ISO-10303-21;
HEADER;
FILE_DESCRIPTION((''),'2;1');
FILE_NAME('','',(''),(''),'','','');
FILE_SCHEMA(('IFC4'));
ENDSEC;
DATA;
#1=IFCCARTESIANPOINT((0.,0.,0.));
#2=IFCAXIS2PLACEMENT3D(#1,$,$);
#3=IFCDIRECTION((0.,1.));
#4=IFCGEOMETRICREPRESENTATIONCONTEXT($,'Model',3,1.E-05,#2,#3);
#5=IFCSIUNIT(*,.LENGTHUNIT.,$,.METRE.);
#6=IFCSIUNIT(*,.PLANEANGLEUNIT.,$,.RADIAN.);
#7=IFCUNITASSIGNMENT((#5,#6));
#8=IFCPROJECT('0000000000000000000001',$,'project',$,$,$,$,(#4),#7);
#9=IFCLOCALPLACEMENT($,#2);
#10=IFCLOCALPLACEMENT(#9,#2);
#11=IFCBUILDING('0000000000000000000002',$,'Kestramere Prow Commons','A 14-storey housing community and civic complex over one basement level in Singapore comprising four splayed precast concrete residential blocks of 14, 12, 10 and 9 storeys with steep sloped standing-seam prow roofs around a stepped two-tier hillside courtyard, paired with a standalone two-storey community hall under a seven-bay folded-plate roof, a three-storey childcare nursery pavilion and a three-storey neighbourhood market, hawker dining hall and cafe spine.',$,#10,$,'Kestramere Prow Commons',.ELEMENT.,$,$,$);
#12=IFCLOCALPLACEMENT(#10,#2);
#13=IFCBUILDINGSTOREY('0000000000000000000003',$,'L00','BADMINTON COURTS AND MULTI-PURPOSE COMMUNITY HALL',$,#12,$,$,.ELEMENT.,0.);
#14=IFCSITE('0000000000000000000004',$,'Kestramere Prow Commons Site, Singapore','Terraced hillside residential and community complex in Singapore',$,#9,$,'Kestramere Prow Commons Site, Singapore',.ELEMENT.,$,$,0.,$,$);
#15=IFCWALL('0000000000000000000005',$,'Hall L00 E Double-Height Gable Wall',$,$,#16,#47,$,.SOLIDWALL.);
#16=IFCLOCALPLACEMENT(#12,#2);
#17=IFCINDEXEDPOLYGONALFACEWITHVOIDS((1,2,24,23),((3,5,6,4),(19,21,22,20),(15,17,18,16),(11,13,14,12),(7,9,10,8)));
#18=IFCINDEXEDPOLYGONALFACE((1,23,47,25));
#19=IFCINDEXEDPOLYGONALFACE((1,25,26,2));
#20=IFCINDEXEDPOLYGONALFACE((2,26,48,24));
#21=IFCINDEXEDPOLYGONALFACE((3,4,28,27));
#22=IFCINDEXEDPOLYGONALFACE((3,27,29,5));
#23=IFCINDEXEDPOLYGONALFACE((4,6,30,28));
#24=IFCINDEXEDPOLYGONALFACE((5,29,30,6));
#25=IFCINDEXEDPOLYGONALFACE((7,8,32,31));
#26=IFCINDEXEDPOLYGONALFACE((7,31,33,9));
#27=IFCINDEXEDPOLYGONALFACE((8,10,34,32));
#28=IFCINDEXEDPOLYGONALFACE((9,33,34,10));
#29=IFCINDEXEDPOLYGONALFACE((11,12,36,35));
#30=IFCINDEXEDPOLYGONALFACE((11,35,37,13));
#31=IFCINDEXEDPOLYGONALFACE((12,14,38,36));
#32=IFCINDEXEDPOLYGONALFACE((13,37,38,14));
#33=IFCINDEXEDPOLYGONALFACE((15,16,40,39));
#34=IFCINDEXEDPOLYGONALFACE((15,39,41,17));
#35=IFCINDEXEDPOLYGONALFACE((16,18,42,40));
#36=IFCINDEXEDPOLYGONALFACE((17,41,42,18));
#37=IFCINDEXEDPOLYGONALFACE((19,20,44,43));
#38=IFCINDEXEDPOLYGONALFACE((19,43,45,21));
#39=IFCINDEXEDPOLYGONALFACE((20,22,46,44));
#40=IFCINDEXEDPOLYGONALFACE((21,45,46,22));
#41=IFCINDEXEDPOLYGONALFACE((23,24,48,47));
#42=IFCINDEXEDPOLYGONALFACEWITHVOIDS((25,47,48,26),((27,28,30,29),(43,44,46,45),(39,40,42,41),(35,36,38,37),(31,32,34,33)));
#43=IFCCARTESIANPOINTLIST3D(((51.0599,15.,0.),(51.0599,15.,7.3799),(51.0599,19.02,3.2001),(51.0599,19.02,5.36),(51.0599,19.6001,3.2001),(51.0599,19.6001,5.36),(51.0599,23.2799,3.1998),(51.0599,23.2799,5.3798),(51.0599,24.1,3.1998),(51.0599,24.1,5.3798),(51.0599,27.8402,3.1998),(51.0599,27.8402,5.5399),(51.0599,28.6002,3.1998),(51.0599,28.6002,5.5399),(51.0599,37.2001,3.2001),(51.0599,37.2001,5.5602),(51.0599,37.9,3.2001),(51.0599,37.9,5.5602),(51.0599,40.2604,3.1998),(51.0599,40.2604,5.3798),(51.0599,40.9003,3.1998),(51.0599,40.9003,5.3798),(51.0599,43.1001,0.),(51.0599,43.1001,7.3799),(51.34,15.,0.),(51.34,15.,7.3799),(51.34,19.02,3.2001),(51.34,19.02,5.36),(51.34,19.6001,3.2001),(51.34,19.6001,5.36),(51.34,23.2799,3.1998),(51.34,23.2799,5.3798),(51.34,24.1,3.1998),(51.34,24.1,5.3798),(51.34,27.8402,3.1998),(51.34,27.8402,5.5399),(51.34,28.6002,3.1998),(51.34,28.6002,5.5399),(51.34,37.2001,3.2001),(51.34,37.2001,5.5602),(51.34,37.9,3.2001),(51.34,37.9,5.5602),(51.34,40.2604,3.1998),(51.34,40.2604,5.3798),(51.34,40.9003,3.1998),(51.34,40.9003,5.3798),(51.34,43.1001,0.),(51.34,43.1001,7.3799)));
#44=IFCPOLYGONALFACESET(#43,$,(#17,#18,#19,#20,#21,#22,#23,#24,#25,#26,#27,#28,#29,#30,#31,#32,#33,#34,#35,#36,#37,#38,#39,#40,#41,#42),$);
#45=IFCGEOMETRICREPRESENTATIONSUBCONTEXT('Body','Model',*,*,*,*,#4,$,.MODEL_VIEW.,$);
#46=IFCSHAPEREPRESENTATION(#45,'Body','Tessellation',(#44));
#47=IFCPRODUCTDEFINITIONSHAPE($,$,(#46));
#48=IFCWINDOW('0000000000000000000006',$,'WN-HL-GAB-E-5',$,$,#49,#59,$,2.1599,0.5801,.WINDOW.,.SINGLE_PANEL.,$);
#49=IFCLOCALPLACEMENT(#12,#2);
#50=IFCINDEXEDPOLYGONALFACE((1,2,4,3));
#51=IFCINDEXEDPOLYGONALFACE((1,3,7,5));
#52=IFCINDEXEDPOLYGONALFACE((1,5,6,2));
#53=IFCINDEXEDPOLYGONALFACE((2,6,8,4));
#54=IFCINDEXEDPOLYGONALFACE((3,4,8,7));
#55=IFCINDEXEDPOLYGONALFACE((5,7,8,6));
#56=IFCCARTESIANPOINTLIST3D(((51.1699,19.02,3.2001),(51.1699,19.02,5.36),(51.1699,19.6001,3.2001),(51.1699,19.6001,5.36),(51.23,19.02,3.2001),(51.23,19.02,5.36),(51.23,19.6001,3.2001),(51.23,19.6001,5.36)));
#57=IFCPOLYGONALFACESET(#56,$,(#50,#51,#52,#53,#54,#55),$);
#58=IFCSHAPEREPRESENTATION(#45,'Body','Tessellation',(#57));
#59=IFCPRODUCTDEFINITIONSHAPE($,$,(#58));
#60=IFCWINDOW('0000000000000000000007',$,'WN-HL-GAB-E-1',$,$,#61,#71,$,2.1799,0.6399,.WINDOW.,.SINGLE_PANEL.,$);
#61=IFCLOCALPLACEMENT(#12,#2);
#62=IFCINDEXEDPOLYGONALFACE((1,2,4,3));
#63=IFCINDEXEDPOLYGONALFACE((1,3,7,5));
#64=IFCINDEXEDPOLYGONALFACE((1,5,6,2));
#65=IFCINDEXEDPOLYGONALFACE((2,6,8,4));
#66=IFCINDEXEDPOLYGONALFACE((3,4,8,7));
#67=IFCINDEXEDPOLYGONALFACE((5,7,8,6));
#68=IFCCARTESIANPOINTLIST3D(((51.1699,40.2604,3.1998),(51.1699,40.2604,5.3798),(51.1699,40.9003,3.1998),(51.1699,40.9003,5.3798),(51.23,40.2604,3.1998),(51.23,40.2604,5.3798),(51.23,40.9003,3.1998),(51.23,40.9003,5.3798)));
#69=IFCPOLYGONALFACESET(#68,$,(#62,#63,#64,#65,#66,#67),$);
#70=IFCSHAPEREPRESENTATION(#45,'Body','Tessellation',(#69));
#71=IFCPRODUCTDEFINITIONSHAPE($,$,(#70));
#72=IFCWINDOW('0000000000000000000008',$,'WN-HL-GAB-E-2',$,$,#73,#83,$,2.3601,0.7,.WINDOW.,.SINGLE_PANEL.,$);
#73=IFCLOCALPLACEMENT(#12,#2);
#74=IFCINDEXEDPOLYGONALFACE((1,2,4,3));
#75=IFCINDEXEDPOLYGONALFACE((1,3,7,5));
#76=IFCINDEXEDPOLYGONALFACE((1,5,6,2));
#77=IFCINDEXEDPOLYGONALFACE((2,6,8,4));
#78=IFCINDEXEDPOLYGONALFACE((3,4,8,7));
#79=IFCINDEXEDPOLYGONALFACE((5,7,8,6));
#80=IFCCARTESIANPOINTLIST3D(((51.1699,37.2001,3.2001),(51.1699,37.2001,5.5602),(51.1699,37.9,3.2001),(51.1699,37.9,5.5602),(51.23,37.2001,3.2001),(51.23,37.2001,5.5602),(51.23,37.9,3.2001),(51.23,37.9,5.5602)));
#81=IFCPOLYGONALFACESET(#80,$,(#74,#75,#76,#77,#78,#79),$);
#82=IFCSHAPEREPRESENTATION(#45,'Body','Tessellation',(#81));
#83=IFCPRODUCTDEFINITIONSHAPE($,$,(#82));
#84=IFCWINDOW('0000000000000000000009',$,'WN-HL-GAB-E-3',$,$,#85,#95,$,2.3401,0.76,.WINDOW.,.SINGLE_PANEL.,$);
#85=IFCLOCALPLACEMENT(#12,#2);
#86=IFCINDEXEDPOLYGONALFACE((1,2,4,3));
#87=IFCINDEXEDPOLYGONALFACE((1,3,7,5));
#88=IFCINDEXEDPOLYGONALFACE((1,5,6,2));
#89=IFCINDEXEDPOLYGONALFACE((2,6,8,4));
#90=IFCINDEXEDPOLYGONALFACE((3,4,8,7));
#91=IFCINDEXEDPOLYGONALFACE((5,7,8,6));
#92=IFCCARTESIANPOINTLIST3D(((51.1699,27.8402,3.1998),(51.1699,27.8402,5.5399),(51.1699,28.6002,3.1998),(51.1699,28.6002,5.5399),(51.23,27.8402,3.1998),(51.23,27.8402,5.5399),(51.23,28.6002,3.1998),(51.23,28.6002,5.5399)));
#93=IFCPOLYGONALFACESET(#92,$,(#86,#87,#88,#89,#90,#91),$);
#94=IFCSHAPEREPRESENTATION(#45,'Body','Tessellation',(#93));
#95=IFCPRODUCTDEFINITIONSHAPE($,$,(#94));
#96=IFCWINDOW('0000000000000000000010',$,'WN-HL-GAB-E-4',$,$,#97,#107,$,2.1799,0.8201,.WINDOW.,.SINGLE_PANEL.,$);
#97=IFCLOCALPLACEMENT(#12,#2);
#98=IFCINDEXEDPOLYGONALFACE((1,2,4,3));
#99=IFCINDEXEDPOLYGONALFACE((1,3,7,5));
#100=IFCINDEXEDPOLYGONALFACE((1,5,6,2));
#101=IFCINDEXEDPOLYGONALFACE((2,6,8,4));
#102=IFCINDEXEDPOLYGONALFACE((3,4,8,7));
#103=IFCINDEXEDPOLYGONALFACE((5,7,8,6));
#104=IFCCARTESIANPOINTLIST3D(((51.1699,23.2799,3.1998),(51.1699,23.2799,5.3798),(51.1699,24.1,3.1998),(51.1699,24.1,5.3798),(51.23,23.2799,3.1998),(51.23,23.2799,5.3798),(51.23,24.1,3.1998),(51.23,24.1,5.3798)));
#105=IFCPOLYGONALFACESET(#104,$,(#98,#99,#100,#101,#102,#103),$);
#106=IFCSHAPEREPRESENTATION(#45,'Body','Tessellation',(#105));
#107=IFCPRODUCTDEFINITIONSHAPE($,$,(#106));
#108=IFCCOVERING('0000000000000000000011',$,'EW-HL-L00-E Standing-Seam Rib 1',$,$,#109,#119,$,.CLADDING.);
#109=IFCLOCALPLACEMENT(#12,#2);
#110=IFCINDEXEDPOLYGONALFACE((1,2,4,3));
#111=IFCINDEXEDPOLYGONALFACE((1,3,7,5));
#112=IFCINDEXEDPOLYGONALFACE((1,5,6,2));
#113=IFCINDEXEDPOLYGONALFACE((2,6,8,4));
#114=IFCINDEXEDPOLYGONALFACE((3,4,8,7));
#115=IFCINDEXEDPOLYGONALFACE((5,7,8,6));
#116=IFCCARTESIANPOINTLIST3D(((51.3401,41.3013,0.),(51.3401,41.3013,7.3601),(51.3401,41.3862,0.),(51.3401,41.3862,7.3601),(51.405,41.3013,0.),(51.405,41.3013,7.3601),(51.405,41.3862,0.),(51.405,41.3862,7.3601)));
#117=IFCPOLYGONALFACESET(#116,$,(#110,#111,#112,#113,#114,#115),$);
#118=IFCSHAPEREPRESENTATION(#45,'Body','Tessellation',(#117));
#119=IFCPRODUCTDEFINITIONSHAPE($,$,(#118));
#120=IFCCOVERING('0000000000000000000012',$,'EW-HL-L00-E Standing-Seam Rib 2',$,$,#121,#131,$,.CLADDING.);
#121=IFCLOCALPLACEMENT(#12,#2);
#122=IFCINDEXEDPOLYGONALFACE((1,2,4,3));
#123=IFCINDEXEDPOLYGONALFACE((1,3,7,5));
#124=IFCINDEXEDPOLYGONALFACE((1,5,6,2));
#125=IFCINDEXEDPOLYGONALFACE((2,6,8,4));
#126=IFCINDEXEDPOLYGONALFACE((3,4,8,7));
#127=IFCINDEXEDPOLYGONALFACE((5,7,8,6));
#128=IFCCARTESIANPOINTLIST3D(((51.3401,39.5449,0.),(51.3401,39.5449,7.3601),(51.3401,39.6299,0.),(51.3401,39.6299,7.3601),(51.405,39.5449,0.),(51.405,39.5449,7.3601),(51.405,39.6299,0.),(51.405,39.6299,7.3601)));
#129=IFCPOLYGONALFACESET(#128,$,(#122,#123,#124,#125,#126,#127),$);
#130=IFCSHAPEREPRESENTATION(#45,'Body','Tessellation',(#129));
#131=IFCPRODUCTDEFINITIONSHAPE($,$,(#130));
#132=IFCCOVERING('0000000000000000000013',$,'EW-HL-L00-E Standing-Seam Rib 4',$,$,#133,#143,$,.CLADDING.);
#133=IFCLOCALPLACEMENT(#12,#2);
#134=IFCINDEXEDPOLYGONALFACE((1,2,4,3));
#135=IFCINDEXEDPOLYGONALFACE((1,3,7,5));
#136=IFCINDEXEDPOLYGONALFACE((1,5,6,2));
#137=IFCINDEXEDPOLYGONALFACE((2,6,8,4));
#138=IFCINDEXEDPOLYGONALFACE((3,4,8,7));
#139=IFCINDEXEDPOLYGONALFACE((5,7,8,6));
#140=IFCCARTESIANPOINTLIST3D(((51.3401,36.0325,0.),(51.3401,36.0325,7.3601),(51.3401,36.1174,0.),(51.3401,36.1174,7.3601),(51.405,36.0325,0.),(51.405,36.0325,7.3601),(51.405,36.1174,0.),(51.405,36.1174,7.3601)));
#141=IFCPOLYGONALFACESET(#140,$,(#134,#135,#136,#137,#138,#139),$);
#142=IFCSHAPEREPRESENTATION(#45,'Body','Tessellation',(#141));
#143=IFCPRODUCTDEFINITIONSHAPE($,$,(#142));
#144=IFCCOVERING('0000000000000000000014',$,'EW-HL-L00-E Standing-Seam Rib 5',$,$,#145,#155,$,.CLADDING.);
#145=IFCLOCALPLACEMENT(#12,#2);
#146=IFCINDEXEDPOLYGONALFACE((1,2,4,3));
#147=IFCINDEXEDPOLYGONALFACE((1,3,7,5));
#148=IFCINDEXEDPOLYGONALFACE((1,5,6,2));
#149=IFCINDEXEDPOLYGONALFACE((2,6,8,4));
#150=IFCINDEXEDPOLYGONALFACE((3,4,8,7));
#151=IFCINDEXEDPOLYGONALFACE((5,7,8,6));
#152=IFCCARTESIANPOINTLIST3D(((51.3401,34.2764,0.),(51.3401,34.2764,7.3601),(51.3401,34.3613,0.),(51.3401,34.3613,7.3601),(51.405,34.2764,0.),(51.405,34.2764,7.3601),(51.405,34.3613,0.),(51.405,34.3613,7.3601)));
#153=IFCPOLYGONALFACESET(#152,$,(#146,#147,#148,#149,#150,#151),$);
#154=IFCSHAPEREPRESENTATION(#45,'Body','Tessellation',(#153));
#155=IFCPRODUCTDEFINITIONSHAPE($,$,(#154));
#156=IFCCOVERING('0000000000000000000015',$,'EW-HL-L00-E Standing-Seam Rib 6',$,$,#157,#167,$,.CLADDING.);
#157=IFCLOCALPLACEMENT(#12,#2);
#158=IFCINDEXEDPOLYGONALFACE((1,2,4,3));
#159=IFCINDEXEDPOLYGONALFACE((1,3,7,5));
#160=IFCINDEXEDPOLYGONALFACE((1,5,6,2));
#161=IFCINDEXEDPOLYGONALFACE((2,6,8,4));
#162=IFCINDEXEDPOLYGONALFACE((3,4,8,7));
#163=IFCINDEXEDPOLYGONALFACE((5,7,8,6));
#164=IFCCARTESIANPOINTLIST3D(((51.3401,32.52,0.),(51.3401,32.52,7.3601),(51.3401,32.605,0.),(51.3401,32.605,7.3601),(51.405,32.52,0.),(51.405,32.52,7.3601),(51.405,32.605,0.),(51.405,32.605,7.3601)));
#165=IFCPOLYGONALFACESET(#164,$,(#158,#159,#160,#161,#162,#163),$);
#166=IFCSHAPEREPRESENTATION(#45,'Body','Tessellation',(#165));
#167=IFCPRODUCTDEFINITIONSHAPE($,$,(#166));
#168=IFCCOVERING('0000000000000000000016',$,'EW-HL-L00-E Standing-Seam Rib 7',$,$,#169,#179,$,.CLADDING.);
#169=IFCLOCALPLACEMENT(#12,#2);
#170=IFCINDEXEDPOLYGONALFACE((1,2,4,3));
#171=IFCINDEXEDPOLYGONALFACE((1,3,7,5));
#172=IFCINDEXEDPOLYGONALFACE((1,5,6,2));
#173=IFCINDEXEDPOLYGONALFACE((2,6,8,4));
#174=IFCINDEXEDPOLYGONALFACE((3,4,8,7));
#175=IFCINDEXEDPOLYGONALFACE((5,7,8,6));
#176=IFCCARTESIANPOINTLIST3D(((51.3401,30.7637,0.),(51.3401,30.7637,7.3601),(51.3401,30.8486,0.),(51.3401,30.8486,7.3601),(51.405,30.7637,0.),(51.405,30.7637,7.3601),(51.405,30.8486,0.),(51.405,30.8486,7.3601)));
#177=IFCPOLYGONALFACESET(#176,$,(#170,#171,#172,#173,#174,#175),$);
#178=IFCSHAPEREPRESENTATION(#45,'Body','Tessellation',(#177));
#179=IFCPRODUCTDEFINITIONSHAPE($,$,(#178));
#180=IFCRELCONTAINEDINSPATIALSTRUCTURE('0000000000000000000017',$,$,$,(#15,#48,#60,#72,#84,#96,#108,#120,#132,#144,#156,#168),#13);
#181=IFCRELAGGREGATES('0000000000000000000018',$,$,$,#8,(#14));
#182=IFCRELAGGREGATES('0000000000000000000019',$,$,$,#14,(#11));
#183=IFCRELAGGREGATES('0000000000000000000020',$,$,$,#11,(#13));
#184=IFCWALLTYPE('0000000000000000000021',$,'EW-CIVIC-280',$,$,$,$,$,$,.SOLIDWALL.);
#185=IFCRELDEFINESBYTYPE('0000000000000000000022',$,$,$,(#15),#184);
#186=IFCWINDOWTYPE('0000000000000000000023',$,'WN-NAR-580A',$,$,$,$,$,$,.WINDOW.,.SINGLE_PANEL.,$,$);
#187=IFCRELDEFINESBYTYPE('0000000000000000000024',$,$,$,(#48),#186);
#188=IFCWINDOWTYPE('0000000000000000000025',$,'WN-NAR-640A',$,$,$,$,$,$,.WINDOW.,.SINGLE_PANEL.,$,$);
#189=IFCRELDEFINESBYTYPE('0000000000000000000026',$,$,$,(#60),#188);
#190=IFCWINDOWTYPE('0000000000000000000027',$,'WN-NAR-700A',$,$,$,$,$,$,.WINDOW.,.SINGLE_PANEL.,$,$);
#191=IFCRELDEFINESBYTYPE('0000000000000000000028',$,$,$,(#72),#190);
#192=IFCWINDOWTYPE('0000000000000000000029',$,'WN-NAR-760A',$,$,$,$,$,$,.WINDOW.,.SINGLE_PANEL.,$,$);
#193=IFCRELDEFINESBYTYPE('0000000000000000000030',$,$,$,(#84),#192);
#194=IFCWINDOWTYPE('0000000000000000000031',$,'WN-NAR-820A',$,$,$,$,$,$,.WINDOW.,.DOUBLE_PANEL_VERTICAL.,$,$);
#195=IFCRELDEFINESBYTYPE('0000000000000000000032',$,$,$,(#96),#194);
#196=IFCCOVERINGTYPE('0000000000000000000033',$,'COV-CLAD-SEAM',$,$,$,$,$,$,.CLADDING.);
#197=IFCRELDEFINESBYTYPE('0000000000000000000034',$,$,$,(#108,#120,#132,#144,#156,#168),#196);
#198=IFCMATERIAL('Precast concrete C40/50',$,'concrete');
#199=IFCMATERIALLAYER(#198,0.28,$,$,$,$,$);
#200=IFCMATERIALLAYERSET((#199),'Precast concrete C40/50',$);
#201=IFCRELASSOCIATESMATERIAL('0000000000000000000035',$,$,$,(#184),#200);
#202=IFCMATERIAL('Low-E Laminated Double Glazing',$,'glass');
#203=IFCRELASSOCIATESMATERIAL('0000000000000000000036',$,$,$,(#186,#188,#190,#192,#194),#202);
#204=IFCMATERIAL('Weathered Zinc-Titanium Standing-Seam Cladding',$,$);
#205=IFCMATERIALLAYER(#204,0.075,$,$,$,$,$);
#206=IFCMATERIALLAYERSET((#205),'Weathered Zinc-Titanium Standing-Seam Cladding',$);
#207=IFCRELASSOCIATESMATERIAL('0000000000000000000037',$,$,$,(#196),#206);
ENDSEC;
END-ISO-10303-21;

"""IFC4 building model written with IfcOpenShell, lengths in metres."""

from ifc_helpers import new_model, si_unit, direction, frame, frame_2d, origin, origin_2d, place, context, subcontext, project, spatial, rectangle, extrude, material, layer, layer_set, type_object, element, fill, save


model = new_model("IFC4")

# Units and contexts
model_context = context("Model", 3, precision=1e-05, world=origin(), true_north=direction((0.0, 1.0)))
body_context = subcontext(model_context, "Body", "Model", "MODEL_VIEW")
ifc_project = project(units=[si_unit("LENGTHUNIT", "METRE"), si_unit("PLANEANGLEUNIT", "RADIAN")], contexts=[model_context])

# Site, building, storey
site_placement = place(None, origin())
site = spatial("IfcSite", under=ifc_project, at=site_placement, Name="Kestramere Prow Commons Site, Singapore", Description="Terraced hillside residential and community complex in Singapore", LongName="Kestramere Prow Commons Site, Singapore", CompositionType="ELEMENT", RefElevation=0.0)
building_placement = place(site_placement, origin())
building = spatial("IfcBuilding", under=site, at=building_placement, Name="Kestramere Prow Commons", Description="A 14-storey housing community and civic complex over one basement level in Singapore comprising four splayed precast concrete residential blocks of 14, 12, 10 and 9 storeys with steep sloped standing-seam prow roofs around a stepped two-tier hillside courtyard, paired with a standalone two-storey community hall under a seven-bay folded-plate roof, a three-storey childcare nursery pavilion and a three-storey neighbourhood market, hawker dining hall and cafe spine.", LongName="Kestramere Prow Commons", CompositionType="ELEMENT")
storey_placement = place(building_placement, origin())
storey = spatial("IfcBuildingStorey", under=building, at=storey_placement, Name="L00", Description="BADMINTON COURTS AND MULTI-PURPOSE COMMUNITY HALL", CompositionType="ELEMENT", Elevation=0.0)

# Shared definitions
ifc_material_1 = material(Name="Low-E Laminated Double Glazing", Category="glass")

# Wall, openings, windows
ifc_material_2 = material(Name="Precast concrete C40/50", Category="concrete")
ifc_layer_1 = layer(ifc_material_2, 0.28)
ifc_layer_set_1 = layer_set([ifc_layer_1], Name="Precast concrete C40/50")
wall_type = type_object("IfcWallType", Name="EW-CIVIC-280", PredefinedType="SOLIDWALL", material=ifc_layer_set_1)
wall_placement = place(storey_placement, frame((51.2, 43.1001, 0.0), z_axis=(0.0, 0.0, 1.0), x_axis=(0.0, -1.0, 0.0)))
wall = element("IfcWall", 1, at=wall_placement, inside=storey, type_object=wall_type, Name="Hall L00 E Double-Height Gable Wall", PredefinedType="SOLIDWALL", context=body_context, shape_type="SweptSolid", body=[
    extrude(rectangle(XDim=28.1001, YDim=0.28, at=frame_2d((14.05, 0.0))), origin(), (0.0, 0.0, 1.0), 7.3799),
])
opening_1_placement = place(wall_placement, frame((2.2, 0.0, 3.2)))
opening_1 = element("IfcOpeningElement", 2, at=opening_1_placement, cuts=wall, PredefinedType="OPENING", context=body_context, shape_type="SweptSolid", body=[
    extrude(rectangle(XDim=0.6399, YDim=2.1799, at=frame_2d((0.3198, 1.0898))), frame((0.0, 0.155, 0.0), z_axis=(0.0, -1.0, 0.0), x_axis=(1.0, 0.0, 0.0)), (0.0, 0.0, 1.0), 0.3101),
])
opening_2_placement = place(wall_placement, frame((5.2, 0.0, 3.2)))
opening_2 = element("IfcOpeningElement", 3, at=opening_2_placement, cuts=wall, PredefinedType="OPENING", context=body_context, shape_type="SweptSolid", body=[
    extrude(rectangle(XDim=0.7, YDim=2.3601, at=frame_2d((0.3501, 1.1802))), frame((0.0, 0.155, 0.0), z_axis=(0.0, -1.0, 0.0), x_axis=(1.0, 0.0, 0.0)), (0.0, 0.0, 1.0), 0.3101),
])
opening_3_placement = place(wall_placement, frame((14.5, 0.0, 3.2)))
opening_3 = element("IfcOpeningElement", 4, at=opening_3_placement, cuts=wall, PredefinedType="OPENING", context=body_context, shape_type="SweptSolid", body=[
    extrude(rectangle(XDim=0.76, YDim=2.3401, at=frame_2d((0.3799, 1.1699))), frame((0.0, 0.155, 0.0), z_axis=(0.0, -1.0, 0.0), x_axis=(1.0, 0.0, 0.0)), (0.0, 0.0, 1.0), 0.3101),
])
opening_4_placement = place(wall_placement, frame((19.0, 0.0, 3.2)))
opening_4 = element("IfcOpeningElement", 5, at=opening_4_placement, cuts=wall, PredefinedType="OPENING", context=body_context, shape_type="SweptSolid", body=[
    extrude(rectangle(XDim=0.8201, YDim=2.1799, at=frame_2d((0.4102, 1.0898))), frame((0.0, 0.155, 0.0), z_axis=(0.0, -1.0, 0.0), x_axis=(1.0, 0.0, 0.0)), (0.0, 0.0, 1.0), 0.3101),
])
opening_5_placement = place(wall_placement, frame((23.5, 0.0, 3.2)))
opening_5 = element("IfcOpeningElement", 6, at=opening_5_placement, cuts=wall, PredefinedType="OPENING", context=body_context, shape_type="SweptSolid", body=[
    extrude(rectangle(XDim=0.5801, YDim=2.1599, at=frame_2d((0.29, 1.0801))), frame((0.0, 0.155, 0.0), z_axis=(0.0, -1.0, 0.0), x_axis=(1.0, 0.0, 0.0)), (0.0, 0.0, 1.0), 0.3101),
])
window_type_1 = type_object("IfcWindowType", Name="WN-NAR-580A", PartitioningType="SINGLE_PANEL", PredefinedType="WINDOW", material=ifc_material_1)
window_1_placement = place(opening_5_placement, origin())
window_1 = element("IfcWindow", 7, at=window_1_placement, inside=storey, type_object=window_type_1, Name="WN-HL-GAB-E-5", OverallHeight=2.1599, OverallWidth=0.5801, PartitioningType="SINGLE_PANEL", PredefinedType="WINDOW", context=body_context, shape_type="SweptSolid", body=[
    extrude(rectangle(XDim=0.5801, YDim=2.1599, at=frame_2d((0.29, 1.0801))), frame((0.0, 0.03, 0.0), z_axis=(0.0, -1.0, 0.0), x_axis=(1.0, 0.0, 0.0)), (0.0, 0.0, 1.0), 0.0601),
])
fill(opening_5, window_1)
window_type_2 = type_object("IfcWindowType", Name="WN-NAR-640A", PartitioningType="SINGLE_PANEL", PredefinedType="WINDOW", material=ifc_material_1)
window_2_placement = place(opening_1_placement, origin())
window_2 = element("IfcWindow", 8, at=window_2_placement, inside=storey, type_object=window_type_2, Name="WN-HL-GAB-E-1", OverallHeight=2.1799, OverallWidth=0.6399, PartitioningType="SINGLE_PANEL", PredefinedType="WINDOW", context=body_context, shape_type="SweptSolid", body=[
    extrude(rectangle(XDim=0.6399, YDim=2.1799, at=frame_2d((0.3198, 1.0898))), frame((0.0, 0.03, 0.0), z_axis=(0.0, -1.0, 0.0), x_axis=(1.0, 0.0, 0.0)), (0.0, 0.0, 1.0), 0.0601),
])
fill(opening_1, window_2)
window_type_3 = type_object("IfcWindowType", Name="WN-NAR-700A", PartitioningType="SINGLE_PANEL", PredefinedType="WINDOW", material=ifc_material_1)
window_3_placement = place(opening_2_placement, origin())
window_3 = element("IfcWindow", 9, at=window_3_placement, inside=storey, type_object=window_type_3, Name="WN-HL-GAB-E-2", OverallHeight=2.3601, OverallWidth=0.7, PartitioningType="SINGLE_PANEL", PredefinedType="WINDOW", context=body_context, shape_type="SweptSolid", body=[
    extrude(rectangle(XDim=0.7, YDim=2.3601, at=frame_2d((0.3501, 1.1802))), frame((0.0, 0.03, 0.0), z_axis=(0.0, -1.0, 0.0), x_axis=(1.0, 0.0, 0.0)), (0.0, 0.0, 1.0), 0.0601),
])
fill(opening_2, window_3)
window_type_4 = type_object("IfcWindowType", Name="WN-NAR-760A", PartitioningType="SINGLE_PANEL", PredefinedType="WINDOW", material=ifc_material_1)
window_4_placement = place(opening_3_placement, origin())
window_4 = element("IfcWindow", 10, at=window_4_placement, inside=storey, type_object=window_type_4, Name="WN-HL-GAB-E-3", OverallHeight=2.3401, OverallWidth=0.76, PartitioningType="SINGLE_PANEL", PredefinedType="WINDOW", context=body_context, shape_type="SweptSolid", body=[
    extrude(rectangle(XDim=0.76, YDim=2.3401, at=frame_2d((0.3799, 1.1699))), frame((0.0, 0.03, 0.0), z_axis=(0.0, -1.0, 0.0), x_axis=(1.0, 0.0, 0.0)), (0.0, 0.0, 1.0), 0.0601),
])
fill(opening_3, window_4)
window_type_5 = type_object("IfcWindowType", Name="WN-NAR-820A", PartitioningType="DOUBLE_PANEL_VERTICAL", PredefinedType="WINDOW", material=ifc_material_1)
window_5_placement = place(opening_4_placement, origin())
window_5 = element("IfcWindow", 11, at=window_5_placement, inside=storey, type_object=window_type_5, Name="WN-HL-GAB-E-4", OverallHeight=2.1799, OverallWidth=0.8201, PartitioningType="SINGLE_PANEL", PredefinedType="WINDOW", context=body_context, shape_type="SweptSolid", body=[
    extrude(rectangle(XDim=0.8201, YDim=2.1799, at=frame_2d((0.4102, 1.0898))), frame((0.0, 0.03, 0.0), z_axis=(0.0, -1.0, 0.0), x_axis=(1.0, 0.0, 0.0)), (0.0, 0.0, 1.0), 0.0601),
])
fill(opening_4, window_5)

# Coverings
ifc_material_3 = material(Name="Weathered Zinc-Titanium Standing-Seam Cladding")
ifc_layer_2 = layer(ifc_material_3, 0.075)
ifc_layer_set_2 = layer_set([ifc_layer_2], Name="Weathered Zinc-Titanium Standing-Seam Cladding")
covering_type = type_object("IfcCoveringType", Name="COV-CLAD-SEAM", PredefinedType="CLADDING", material=ifc_layer_set_2)
for number, where, z_axis, x_axis, name in (
    (12, (51.3726, 41.3438, 0.0), (0.0, 0.0, 1.0), (0.0, -1.0, 0.0), "EW-HL-L00-E Standing-Seam Rib 1"),
    (13, (51.3726, 39.5874, 0.0), (0.0, 0.0, 1.0), (0.0, -1.0, 0.0), "EW-HL-L00-E Standing-Seam Rib 2"),
    (14, (51.3726, 36.075, 0.0), (0.0, 0.0, 1.0), (0.0, -1.0, 0.0), "EW-HL-L00-E Standing-Seam Rib 4"),
    (15, (51.3726, 34.3188, 0.0), (0.0, 0.0, 1.0), (0.0, -1.0, 0.0), "EW-HL-L00-E Standing-Seam Rib 5"),
    (16, (51.3726, 32.5625, 0.0), (0.0, 0.0, 1.0), (0.0, -1.0, 0.0), "EW-HL-L00-E Standing-Seam Rib 6"),
    (17, (51.3726, 30.8062, 0.0), (0.0, 0.0, 1.0), (0.0, -1.0, 0.0), "EW-HL-L00-E Standing-Seam Rib 7"),
):
    element("IfcCovering", number, at=place(storey_placement, frame(where, z_axis=z_axis, x_axis=x_axis)), inside=storey, type_object=covering_type, Name=name, PredefinedType="CLADDING", context=body_context, shape_type="SweptSolid", body=[
        extrude(rectangle(XDim=0.085, YDim=0.0649, at=origin_2d()), origin(), (0.0, 0.0, 1.0), 7.3601),
    ])

save(model, "model.ifc")
